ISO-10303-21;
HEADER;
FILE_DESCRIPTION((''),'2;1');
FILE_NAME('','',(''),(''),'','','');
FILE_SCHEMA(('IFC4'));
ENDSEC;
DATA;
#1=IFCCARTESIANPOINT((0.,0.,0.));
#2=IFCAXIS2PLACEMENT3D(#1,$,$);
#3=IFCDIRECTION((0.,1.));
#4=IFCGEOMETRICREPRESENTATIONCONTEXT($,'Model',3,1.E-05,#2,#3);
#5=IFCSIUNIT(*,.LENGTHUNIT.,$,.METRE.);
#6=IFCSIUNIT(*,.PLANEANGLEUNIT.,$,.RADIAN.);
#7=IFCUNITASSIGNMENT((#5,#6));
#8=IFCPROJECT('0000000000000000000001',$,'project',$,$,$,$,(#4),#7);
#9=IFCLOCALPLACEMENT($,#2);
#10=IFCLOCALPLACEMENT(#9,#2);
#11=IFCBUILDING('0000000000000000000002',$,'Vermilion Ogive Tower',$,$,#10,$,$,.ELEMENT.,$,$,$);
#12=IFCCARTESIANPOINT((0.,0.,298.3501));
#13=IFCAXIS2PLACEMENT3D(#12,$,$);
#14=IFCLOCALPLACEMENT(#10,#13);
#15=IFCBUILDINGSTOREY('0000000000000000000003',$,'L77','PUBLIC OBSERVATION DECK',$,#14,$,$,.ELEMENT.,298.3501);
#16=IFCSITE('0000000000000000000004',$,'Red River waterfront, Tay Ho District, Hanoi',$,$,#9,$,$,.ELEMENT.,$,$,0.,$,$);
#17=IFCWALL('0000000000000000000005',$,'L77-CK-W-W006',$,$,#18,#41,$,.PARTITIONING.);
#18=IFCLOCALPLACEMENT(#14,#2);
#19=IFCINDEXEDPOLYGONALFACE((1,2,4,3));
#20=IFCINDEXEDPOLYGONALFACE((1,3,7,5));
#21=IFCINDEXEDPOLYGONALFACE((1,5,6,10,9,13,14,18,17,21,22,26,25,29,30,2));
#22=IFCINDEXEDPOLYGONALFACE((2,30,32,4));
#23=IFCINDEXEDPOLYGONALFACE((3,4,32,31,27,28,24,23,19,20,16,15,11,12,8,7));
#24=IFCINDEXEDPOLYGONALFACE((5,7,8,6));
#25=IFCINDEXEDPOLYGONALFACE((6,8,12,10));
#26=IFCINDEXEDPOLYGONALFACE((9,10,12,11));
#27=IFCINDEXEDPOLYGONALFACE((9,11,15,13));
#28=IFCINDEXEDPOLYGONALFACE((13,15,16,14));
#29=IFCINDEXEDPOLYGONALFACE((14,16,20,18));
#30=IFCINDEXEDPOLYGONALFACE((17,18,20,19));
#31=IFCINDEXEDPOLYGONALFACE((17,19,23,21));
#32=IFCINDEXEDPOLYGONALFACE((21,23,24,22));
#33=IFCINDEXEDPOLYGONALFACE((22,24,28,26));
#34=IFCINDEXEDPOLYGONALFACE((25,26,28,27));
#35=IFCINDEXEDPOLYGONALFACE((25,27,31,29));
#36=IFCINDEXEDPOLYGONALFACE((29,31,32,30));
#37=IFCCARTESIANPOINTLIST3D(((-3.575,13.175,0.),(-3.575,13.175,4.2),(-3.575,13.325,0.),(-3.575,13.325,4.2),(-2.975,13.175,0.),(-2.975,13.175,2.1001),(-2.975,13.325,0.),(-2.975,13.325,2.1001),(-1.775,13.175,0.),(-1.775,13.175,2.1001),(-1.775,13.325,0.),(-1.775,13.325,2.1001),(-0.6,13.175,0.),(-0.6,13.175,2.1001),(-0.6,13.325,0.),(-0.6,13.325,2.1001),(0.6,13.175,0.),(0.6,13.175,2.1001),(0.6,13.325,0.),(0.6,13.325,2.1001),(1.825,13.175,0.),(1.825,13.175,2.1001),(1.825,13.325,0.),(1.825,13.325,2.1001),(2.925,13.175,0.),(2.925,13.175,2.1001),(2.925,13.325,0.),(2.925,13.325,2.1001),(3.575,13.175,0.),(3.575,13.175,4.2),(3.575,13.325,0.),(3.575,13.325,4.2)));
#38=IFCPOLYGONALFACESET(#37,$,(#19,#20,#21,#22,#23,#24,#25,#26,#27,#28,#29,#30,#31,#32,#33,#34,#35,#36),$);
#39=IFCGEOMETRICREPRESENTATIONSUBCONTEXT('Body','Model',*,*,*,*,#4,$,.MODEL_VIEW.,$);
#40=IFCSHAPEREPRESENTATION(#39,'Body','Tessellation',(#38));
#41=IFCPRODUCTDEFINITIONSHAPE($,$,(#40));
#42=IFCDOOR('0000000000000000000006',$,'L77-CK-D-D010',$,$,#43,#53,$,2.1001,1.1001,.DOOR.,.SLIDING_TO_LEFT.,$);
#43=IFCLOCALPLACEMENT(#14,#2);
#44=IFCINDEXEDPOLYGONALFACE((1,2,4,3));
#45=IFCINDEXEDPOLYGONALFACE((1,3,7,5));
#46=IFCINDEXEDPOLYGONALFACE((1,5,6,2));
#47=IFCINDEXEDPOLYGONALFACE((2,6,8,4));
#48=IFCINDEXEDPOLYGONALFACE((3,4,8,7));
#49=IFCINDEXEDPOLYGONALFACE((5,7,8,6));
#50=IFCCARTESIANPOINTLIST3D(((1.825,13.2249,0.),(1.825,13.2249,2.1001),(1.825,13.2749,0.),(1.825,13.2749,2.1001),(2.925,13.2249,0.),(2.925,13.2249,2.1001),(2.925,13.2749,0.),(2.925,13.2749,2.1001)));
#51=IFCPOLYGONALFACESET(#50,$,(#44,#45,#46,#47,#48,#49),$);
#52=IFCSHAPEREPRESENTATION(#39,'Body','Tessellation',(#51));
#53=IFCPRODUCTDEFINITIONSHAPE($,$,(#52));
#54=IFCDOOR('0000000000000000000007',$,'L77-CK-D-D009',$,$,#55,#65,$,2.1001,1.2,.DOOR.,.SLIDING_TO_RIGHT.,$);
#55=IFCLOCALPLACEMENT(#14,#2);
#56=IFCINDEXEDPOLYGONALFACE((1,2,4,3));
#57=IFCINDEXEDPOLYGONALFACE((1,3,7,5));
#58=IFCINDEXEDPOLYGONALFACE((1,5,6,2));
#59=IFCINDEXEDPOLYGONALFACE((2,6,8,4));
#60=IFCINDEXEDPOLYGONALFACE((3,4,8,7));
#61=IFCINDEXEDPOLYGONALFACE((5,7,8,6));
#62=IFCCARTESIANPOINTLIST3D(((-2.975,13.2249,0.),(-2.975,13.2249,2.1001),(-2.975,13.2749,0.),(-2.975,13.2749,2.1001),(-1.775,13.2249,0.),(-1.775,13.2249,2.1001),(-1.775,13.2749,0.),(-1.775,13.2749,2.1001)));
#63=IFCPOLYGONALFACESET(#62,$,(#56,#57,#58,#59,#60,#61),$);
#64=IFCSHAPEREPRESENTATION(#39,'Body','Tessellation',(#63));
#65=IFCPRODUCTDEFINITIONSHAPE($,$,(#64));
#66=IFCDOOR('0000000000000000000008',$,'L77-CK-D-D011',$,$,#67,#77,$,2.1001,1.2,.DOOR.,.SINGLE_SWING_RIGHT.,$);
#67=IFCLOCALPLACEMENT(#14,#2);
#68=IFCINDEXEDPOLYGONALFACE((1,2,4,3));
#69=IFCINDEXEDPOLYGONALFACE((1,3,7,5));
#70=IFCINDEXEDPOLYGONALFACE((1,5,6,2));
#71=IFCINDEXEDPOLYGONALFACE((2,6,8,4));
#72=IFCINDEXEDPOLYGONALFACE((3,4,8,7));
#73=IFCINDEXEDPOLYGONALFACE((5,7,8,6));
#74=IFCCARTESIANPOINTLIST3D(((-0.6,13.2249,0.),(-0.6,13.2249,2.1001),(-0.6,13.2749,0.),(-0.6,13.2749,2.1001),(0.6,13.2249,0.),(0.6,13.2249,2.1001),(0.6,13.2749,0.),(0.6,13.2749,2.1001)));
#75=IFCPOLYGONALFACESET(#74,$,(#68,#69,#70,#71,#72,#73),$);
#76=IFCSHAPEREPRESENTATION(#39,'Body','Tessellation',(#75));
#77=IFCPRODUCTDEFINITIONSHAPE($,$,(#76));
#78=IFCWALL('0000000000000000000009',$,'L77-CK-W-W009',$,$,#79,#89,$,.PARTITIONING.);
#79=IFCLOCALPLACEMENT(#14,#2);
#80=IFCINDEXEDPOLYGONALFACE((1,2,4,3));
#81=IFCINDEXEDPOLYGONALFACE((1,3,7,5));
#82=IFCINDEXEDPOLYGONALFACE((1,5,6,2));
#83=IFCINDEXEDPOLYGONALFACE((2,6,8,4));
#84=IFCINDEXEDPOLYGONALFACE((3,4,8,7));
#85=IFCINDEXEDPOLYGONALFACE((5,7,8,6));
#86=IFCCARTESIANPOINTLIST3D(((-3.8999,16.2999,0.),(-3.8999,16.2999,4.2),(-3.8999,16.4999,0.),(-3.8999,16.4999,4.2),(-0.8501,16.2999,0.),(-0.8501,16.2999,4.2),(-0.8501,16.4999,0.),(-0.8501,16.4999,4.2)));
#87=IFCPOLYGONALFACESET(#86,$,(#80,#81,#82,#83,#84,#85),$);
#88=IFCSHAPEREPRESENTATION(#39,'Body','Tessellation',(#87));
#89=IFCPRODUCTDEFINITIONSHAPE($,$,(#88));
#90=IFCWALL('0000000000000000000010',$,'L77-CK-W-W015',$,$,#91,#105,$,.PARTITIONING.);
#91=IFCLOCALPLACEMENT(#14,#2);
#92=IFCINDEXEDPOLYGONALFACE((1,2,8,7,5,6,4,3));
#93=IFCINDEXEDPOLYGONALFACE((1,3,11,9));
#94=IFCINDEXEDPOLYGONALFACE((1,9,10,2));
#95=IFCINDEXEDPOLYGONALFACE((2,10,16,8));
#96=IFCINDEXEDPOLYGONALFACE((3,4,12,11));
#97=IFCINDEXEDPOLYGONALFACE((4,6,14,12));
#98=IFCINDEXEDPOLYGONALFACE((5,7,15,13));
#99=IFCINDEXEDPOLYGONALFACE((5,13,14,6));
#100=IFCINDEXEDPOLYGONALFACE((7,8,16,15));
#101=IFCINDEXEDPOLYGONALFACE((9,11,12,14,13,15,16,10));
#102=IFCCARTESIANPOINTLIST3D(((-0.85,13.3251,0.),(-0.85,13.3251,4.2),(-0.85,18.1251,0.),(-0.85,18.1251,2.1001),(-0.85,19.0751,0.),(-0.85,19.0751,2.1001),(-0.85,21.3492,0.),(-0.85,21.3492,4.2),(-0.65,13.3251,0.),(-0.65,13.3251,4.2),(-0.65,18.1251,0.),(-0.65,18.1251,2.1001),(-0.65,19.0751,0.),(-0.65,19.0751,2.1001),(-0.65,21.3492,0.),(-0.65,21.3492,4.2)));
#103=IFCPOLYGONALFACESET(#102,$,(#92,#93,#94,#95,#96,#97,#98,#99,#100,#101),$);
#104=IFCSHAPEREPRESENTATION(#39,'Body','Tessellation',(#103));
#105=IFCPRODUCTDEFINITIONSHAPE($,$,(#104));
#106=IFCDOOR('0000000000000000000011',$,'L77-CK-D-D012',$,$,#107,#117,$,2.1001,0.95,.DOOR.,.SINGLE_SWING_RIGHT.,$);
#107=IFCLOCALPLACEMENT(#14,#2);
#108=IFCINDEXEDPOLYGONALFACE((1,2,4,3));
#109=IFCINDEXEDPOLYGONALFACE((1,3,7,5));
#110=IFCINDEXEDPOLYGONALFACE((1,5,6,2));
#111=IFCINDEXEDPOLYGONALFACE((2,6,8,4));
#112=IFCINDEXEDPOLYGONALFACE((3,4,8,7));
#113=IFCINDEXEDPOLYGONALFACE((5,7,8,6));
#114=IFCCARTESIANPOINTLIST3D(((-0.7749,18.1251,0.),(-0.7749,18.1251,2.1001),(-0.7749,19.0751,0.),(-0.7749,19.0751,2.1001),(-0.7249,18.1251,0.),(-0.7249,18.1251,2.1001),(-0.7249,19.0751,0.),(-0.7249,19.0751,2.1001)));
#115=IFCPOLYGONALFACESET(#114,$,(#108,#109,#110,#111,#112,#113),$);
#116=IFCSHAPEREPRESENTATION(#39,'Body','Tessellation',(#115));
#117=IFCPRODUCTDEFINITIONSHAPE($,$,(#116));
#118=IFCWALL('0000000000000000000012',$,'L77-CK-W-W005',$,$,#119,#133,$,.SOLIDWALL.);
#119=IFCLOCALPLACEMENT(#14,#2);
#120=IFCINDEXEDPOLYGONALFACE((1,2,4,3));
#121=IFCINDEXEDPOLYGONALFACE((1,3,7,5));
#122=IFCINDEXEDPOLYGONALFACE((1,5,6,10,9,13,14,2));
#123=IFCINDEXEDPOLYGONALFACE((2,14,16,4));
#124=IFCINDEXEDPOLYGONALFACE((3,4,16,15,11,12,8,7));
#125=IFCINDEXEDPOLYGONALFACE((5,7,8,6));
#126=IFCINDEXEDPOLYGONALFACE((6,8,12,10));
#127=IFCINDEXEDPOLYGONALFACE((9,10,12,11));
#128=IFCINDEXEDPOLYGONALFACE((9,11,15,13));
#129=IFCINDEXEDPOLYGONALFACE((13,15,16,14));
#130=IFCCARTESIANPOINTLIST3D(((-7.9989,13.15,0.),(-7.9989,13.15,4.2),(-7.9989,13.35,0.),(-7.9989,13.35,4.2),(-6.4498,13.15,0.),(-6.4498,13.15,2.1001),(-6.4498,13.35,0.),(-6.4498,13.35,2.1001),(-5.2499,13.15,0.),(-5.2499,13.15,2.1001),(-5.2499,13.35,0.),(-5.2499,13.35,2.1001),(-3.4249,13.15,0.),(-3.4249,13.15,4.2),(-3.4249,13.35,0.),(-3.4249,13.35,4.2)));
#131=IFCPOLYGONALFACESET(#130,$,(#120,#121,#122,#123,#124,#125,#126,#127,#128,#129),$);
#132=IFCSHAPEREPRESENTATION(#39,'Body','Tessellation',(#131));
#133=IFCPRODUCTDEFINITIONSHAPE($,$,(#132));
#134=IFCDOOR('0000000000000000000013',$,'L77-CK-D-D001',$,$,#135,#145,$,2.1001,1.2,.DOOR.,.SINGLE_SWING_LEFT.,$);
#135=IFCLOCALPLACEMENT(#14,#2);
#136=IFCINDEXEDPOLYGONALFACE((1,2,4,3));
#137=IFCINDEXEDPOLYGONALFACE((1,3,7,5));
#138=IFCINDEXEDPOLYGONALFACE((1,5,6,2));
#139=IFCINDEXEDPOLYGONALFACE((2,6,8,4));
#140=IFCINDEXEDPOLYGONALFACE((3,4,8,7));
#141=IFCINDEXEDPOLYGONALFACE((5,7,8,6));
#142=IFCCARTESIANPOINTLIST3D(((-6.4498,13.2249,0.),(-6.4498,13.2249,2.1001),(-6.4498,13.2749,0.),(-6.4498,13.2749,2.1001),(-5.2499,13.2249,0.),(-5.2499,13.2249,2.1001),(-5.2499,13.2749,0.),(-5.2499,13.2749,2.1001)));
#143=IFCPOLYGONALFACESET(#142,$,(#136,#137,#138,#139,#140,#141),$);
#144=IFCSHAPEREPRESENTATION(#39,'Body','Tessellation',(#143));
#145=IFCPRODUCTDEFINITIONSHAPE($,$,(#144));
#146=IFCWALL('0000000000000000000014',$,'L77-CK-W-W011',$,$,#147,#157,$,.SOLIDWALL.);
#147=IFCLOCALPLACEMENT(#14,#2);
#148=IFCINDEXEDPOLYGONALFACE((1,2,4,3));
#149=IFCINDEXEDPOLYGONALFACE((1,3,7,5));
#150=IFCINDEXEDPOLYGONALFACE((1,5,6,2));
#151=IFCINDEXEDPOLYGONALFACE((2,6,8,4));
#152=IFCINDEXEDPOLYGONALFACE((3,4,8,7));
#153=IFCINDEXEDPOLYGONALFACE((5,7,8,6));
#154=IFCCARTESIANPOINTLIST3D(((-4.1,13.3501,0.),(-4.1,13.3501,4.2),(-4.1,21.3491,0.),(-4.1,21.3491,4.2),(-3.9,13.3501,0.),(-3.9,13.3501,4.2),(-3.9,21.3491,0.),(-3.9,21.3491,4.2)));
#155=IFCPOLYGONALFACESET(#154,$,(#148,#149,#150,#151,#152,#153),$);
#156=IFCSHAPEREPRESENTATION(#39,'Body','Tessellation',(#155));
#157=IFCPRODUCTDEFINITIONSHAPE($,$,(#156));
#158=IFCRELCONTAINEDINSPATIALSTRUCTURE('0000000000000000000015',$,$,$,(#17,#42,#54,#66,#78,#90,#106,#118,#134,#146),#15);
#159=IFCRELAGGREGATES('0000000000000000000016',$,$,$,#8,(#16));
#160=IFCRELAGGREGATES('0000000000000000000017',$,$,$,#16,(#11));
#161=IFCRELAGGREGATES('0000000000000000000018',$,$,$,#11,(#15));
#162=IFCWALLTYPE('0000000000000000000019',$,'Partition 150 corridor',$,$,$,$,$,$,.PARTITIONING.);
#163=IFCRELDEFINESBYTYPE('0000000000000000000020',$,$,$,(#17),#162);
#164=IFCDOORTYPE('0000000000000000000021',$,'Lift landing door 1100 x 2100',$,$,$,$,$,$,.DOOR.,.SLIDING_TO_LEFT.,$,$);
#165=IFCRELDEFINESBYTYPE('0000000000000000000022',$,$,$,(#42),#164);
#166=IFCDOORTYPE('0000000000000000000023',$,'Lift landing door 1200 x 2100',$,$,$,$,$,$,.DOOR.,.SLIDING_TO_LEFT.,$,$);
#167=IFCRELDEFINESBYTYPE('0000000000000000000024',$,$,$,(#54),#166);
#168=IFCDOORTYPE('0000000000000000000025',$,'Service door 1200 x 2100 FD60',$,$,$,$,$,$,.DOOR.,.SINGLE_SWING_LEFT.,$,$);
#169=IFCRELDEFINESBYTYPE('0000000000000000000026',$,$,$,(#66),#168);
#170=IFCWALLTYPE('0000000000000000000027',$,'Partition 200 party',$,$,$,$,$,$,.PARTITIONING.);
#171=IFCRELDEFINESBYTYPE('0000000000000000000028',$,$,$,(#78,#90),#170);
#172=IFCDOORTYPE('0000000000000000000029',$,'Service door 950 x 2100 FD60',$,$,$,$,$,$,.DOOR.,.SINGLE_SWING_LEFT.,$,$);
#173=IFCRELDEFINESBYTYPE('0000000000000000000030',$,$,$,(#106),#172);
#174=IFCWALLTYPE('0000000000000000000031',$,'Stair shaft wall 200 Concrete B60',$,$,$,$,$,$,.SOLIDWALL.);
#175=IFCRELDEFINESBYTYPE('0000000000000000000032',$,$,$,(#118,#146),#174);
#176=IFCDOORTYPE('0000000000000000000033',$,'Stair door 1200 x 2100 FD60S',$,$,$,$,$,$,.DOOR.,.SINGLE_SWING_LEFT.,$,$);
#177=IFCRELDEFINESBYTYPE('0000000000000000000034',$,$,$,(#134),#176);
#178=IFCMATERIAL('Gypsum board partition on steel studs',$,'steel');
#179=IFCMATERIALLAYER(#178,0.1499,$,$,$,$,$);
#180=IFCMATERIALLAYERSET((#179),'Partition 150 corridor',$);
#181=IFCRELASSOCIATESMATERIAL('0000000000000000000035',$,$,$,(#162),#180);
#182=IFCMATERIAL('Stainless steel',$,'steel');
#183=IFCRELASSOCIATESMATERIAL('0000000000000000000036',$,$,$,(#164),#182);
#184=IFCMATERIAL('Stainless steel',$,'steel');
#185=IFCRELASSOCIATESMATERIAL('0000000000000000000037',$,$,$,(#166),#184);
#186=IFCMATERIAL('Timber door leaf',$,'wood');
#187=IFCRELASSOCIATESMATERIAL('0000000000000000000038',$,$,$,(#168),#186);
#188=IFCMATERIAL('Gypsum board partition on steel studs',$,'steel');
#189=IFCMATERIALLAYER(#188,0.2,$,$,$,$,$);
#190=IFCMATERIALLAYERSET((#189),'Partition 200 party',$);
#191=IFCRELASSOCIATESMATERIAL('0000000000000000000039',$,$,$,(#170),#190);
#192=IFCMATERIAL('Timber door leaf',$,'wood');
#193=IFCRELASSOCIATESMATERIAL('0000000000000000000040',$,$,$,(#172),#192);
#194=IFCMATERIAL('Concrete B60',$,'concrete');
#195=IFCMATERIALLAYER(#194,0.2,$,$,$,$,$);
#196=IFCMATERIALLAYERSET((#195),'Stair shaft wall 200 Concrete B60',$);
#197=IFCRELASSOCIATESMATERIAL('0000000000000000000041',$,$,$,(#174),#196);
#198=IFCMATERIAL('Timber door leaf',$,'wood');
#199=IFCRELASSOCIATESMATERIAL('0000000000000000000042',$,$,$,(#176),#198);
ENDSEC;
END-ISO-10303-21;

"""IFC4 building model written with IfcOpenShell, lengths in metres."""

from ifc_helpers import new_model, si_unit, direction, frame, frame_2d, origin, place, context, subcontext, project, spatial, rectangle, extrude, material, layer, layer_set, type_object, element, fill, save


model = new_model("IFC4")

# Units and contexts
model_context = context("Model", 3, precision=1e-05, world=origin(), true_north=direction((0.0, 1.0)))
body_context = subcontext(model_context, "Body", "Model", "MODEL_VIEW")
ifc_project = project(units=[si_unit("LENGTHUNIT", "METRE"), si_unit("PLANEANGLEUNIT", "RADIAN")], contexts=[model_context])

# Site, building, storey
site_placement = place(None, origin())
site = spatial("IfcSite", under=ifc_project, at=site_placement, Name="Red River waterfront, Tay Ho District, Hanoi", CompositionType="ELEMENT", RefElevation=0.0)
building_placement = place(site_placement, origin())
building = spatial("IfcBuilding", under=site, at=building_placement, Name="Vermilion Ogive Tower", CompositionType="ELEMENT")
storey_placement = place(building_placement, frame((0.0, 0.0, 298.3501)))
storey = spatial("IfcBuildingStorey", under=building, at=storey_placement, Name="L77", Description="PUBLIC OBSERVATION DECK", CompositionType="ELEMENT", Elevation=298.3501)

# Wall, openings, doors
ifc_material_1 = material(Name="Gypsum board partition on steel studs", Category="steel")
ifc_layer_1 = layer(ifc_material_1, 0.1499)
ifc_layer_set_1 = layer_set([ifc_layer_1], Name="Partition 150 corridor")
wall_type_1 = type_object("IfcWallType", Name="Partition 150 corridor", PredefinedType="PARTITIONING", material=ifc_layer_set_1)
wall_1_placement = place(storey_placement, frame((-3.575, 13.25, 0.0), z_axis=(0.0, 0.0, 1.0), x_axis=(1.0, 0.0, 0.0)))
wall_1 = element("IfcWall", 1, at=wall_1_placement, inside=storey, type_object=wall_type_1, Name="L77-CK-W-W006", PredefinedType="PARTITIONING", context=body_context, shape_type="SweptSolid", body=[
    extrude(rectangle(XDim=7.1499, YDim=0.1499, at=frame_2d((3.575, 0.0))), origin(), (0.0, 0.0, 1.0), 4.2),
])
opening_1_placement = place(wall_1_placement, frame((0.5999, 0.0, 0.0)))
opening_1 = element("IfcOpeningElement", 2, at=opening_1_placement, cuts=wall_1, PredefinedType="OPENING", context=body_context, shape_type="SweptSolid", body=[
    extrude(rectangle(XDim=1.2, YDim=2.1001, at=frame_2d((0.6001, 1.05))), frame((0.0, 0.085, 0.0), z_axis=(0.0, -1.0, 0.0), x_axis=(1.0, 0.0, 0.0)), (0.0, 0.0, 1.0), 0.1699),
])
opening_2_placement = place(wall_1_placement, frame((5.3999, 0.0, 0.0)))
opening_2 = element("IfcOpeningElement", 3, at=opening_2_placement, cuts=wall_1, PredefinedType="OPENING", context=body_context, shape_type="SweptSolid", body=[
    extrude(rectangle(XDim=1.1001, YDim=2.1001, at=frame_2d((0.55, 1.05))), frame((0.0, 0.085, 0.0), z_axis=(0.0, -1.0, 0.0), x_axis=(1.0, 0.0, 0.0)), (0.0, 0.0, 1.0), 0.1699),
])
opening_3_placement = place(wall_1_placement, frame((2.9749, 0.0, 0.0)))
opening_3 = element("IfcOpeningElement", 4, at=opening_3_placement, cuts=wall_1, PredefinedType="OPENING", context=body_context, shape_type="SweptSolid", body=[
    extrude(rectangle(XDim=1.2, YDim=2.1001, at=frame_2d((0.6001, 1.05))), frame((0.0, 0.085, 0.0), z_axis=(0.0, -1.0, 0.0), x_axis=(1.0, 0.0, 0.0)), (0.0, 0.0, 1.0), 0.1699),
])
ifc_material_2 = material(Name="Stainless steel", Category="steel")
door_type_1 = type_object("IfcDoorType", Name="Lift landing door 1100 x 2100", OperationType="SLIDING_TO_LEFT", PredefinedType="DOOR", material=ifc_material_2)
door_1_placement = place(opening_2_placement, origin())
door_1 = element("IfcDoor", 5, at=door_1_placement, inside=storey, type_object=door_type_1, Name="L77-CK-D-D010", OperationType="SLIDING_TO_LEFT", OverallHeight=2.1001, OverallWidth=1.1001, PredefinedType="DOOR", context=body_context, shape_type="SweptSolid", body=[
    extrude(rectangle(XDim=1.1001, YDim=2.1001, at=frame_2d((0.55, 1.05))), frame((0.0, 0.0249, 0.0), z_axis=(0.0, -1.0, 0.0), x_axis=(1.0, 0.0, 0.0)), (0.0, 0.0, 1.0), 0.05),
])
fill(opening_2, door_1)
ifc_material_3 = material(Name="Stainless steel", Category="steel")
door_type_2 = type_object("IfcDoorType", Name="Lift landing door 1200 x 2100", OperationType="SLIDING_TO_LEFT", PredefinedType="DOOR", material=ifc_material_3)
door_2_placement = place(opening_1_placement, origin())
door_2 = element("IfcDoor", 6, at=door_2_placement, inside=storey, type_object=door_type_2, Name="L77-CK-D-D009", OperationType="SLIDING_TO_RIGHT", OverallHeight=2.1001, OverallWidth=1.2, PredefinedType="DOOR", context=body_context, shape_type="SweptSolid", body=[
    extrude(rectangle(XDim=1.2, YDim=2.1001, at=frame_2d((0.6001, 1.05))), frame((0.0, 0.0249, 0.0), z_axis=(0.0, -1.0, 0.0), x_axis=(1.0, 0.0, 0.0)), (0.0, 0.0, 1.0), 0.05),
])
fill(opening_1, door_2)
ifc_material_4 = material(Name="Timber door leaf", Category="wood")
door_type_3 = type_object("IfcDoorType", Name="Service door 1200 x 2100 FD60", OperationType="SINGLE_SWING_LEFT", PredefinedType="DOOR", material=ifc_material_4)
door_3_placement = place(opening_3_placement, origin())
door_3 = element("IfcDoor", 7, at=door_3_placement, inside=storey, type_object=door_type_3, Name="L77-CK-D-D011", OperationType="SINGLE_SWING_RIGHT", OverallHeight=2.1001, OverallWidth=1.2, PredefinedType="DOOR", context=body_context, shape_type="SweptSolid", body=[
    extrude(rectangle(XDim=1.2, YDim=2.1001, at=frame_2d((0.6001, 1.05))), frame((0.0, 0.0249, 0.0), z_axis=(0.0, -1.0, 0.0), x_axis=(1.0, 0.0, 0.0)), (0.0, 0.0, 1.0), 0.05),
])
fill(opening_3, door_3)

# Wall
ifc_material_5 = material(Name="Gypsum board partition on steel studs", Category="steel")
ifc_layer_2 = layer(ifc_material_5, 0.2)
ifc_layer_set_2 = layer_set([ifc_layer_2], Name="Partition 200 party")
wall_type_2 = type_object("IfcWallType", Name="Partition 200 party", PredefinedType="PARTITIONING", material=ifc_layer_set_2)
wall_2_placement = place(storey_placement, frame((-3.8999, 16.3999, 0.0), z_axis=(0.0, 0.0, 1.0), x_axis=(1.0, 0.0, 0.0)))
element("IfcWall", 8, at=wall_2_placement, inside=storey, type_object=wall_type_2, Name="L77-CK-W-W009", PredefinedType="PARTITIONING", context=body_context, shape_type="SweptSolid", body=[
    extrude(rectangle(XDim=3.0498, YDim=0.2, at=frame_2d((1.5249, 0.0))), origin(), (0.0, 0.0, 1.0), 4.2),
])

# Walls, openings, doors
wall_3_placement = place(storey_placement, frame((-0.75, 13.325, 0.0), z_axis=(0.0, 0.0, 1.0), x_axis=(0.0, 1.0, 0.0)))
wall_3 = element("IfcWall", 9, at=wall_3_placement, inside=storey, type_object=wall_type_2, Name="L77-CK-W-W015", PredefinedType="PARTITIONING", context=body_context, shape_type="SweptSolid", body=[
    extrude(rectangle(XDim=8.0242, YDim=0.2, at=frame_2d((4.0122, 0.0))), origin(), (0.0, 0.0, 1.0), 4.2),
])
opening_4_placement = place(wall_3_placement, frame((4.8, 0.0, 0.0)))
opening_4 = element("IfcOpeningElement", 10, at=opening_4_placement, cuts=wall_3, PredefinedType="OPENING", context=body_context, shape_type="SweptSolid", body=[
    extrude(rectangle(XDim=0.95, YDim=2.1001, at=frame_2d((0.4751, 1.05))), frame((0.0, 0.1099, 0.0), z_axis=(0.0, -1.0, 0.0), x_axis=(1.0, 0.0, 0.0)), (0.0, 0.0, 1.0), 0.22),
])
ifc_material_6 = material(Name="Timber door leaf", Category="wood")
door_type_4 = type_object("IfcDoorType", Name="Service door 950 x 2100 FD60", OperationType="SINGLE_SWING_LEFT", PredefinedType="DOOR", material=ifc_material_6)
door_4_placement = place(opening_4_placement, origin())
door_4 = element("IfcDoor", 11, at=door_4_placement, inside=storey, type_object=door_type_4, Name="L77-CK-D-D012", OperationType="SINGLE_SWING_RIGHT", OverallHeight=2.1001, OverallWidth=0.95, PredefinedType="DOOR", context=body_context, shape_type="SweptSolid", body=[
    extrude(rectangle(XDim=0.95, YDim=2.1001, at=frame_2d((0.4751, 1.05))), frame((0.0, 0.0249, 0.0), z_axis=(0.0, -1.0, 0.0), x_axis=(1.0, 0.0, 0.0)), (0.0, 0.0, 1.0), 0.05),
])
fill(opening_4, door_4)
ifc_material_7 = material(Name="Concrete B60", Category="concrete")
ifc_layer_3 = layer(ifc_material_7, 0.2)
ifc_layer_set_3 = layer_set([ifc_layer_3], Name="Stair shaft wall 200 Concrete B60")
wall_type_3 = type_object("IfcWallType", Name="Stair shaft wall 200 Concrete B60", PredefinedType="SOLIDWALL", material=ifc_layer_set_3)
wall_4_placement = place(storey_placement, frame((-7.999, 13.25, 0.0), z_axis=(0.0, 0.0, 1.0), x_axis=(1.0, 0.0, 0.0)))
wall_4 = element("IfcWall", 12, at=wall_4_placement, inside=storey, type_object=wall_type_3, Name="L77-CK-W-W005", PredefinedType="SOLIDWALL", context=body_context, shape_type="SweptSolid", body=[
    extrude(rectangle(XDim=4.574, YDim=0.2, at=frame_2d((2.2871, 0.0))), origin(), (0.0, 0.0, 1.0), 4.2),
])
opening_5_placement = place(wall_4_placement, frame((1.5491, 0.0, 0.0)))
opening_5 = element("IfcOpeningElement", 13, at=opening_5_placement, cuts=wall_4, PredefinedType="OPENING", context=body_context, shape_type="SweptSolid", body=[
    extrude(rectangle(XDim=1.2, YDim=2.1001, at=frame_2d((0.6001, 1.05))), frame((0.0, 0.1099, 0.0), z_axis=(0.0, -1.0, 0.0), x_axis=(1.0, 0.0, 0.0)), (0.0, 0.0, 1.0), 0.22),
])
ifc_material_8 = material(Name="Timber door leaf", Category="wood")
door_type_5 = type_object("IfcDoorType", Name="Stair door 1200 x 2100 FD60S", OperationType="SINGLE_SWING_LEFT", PredefinedType="DOOR", material=ifc_material_8)
door_5_placement = place(opening_5_placement, origin())
door_5 = element("IfcDoor", 14, at=door_5_placement, inside=storey, type_object=door_type_5, Name="L77-CK-D-D001", OperationType="SINGLE_SWING_LEFT", OverallHeight=2.1001, OverallWidth=1.2, PredefinedType="DOOR", context=body_context, shape_type="SweptSolid", body=[
    extrude(rectangle(XDim=1.2, YDim=2.1001, at=frame_2d((0.6001, 1.05))), frame((0.0, 0.0249, 0.0), z_axis=(0.0, -1.0, 0.0), x_axis=(1.0, 0.0, 0.0)), (0.0, 0.0, 1.0), 0.05),
])
fill(opening_5, door_5)

# Wall
wall_5_placement = place(storey_placement, frame((-4.0, 13.3501, 0.0), z_axis=(0.0, 0.0, 1.0), x_axis=(0.0, 1.0, 0.0)))
element("IfcWall", 15, at=wall_5_placement, inside=storey, type_object=wall_type_3, Name="L77-CK-W-W011", PredefinedType="SOLIDWALL", context=body_context, shape_type="SweptSolid", body=[
    extrude(rectangle(XDim=7.999, YDim=0.2, at=frame_2d((3.9995, 0.0))), origin(), (0.0, 0.0, 1.0), 4.2),
])

save(model, "model.ifc")
